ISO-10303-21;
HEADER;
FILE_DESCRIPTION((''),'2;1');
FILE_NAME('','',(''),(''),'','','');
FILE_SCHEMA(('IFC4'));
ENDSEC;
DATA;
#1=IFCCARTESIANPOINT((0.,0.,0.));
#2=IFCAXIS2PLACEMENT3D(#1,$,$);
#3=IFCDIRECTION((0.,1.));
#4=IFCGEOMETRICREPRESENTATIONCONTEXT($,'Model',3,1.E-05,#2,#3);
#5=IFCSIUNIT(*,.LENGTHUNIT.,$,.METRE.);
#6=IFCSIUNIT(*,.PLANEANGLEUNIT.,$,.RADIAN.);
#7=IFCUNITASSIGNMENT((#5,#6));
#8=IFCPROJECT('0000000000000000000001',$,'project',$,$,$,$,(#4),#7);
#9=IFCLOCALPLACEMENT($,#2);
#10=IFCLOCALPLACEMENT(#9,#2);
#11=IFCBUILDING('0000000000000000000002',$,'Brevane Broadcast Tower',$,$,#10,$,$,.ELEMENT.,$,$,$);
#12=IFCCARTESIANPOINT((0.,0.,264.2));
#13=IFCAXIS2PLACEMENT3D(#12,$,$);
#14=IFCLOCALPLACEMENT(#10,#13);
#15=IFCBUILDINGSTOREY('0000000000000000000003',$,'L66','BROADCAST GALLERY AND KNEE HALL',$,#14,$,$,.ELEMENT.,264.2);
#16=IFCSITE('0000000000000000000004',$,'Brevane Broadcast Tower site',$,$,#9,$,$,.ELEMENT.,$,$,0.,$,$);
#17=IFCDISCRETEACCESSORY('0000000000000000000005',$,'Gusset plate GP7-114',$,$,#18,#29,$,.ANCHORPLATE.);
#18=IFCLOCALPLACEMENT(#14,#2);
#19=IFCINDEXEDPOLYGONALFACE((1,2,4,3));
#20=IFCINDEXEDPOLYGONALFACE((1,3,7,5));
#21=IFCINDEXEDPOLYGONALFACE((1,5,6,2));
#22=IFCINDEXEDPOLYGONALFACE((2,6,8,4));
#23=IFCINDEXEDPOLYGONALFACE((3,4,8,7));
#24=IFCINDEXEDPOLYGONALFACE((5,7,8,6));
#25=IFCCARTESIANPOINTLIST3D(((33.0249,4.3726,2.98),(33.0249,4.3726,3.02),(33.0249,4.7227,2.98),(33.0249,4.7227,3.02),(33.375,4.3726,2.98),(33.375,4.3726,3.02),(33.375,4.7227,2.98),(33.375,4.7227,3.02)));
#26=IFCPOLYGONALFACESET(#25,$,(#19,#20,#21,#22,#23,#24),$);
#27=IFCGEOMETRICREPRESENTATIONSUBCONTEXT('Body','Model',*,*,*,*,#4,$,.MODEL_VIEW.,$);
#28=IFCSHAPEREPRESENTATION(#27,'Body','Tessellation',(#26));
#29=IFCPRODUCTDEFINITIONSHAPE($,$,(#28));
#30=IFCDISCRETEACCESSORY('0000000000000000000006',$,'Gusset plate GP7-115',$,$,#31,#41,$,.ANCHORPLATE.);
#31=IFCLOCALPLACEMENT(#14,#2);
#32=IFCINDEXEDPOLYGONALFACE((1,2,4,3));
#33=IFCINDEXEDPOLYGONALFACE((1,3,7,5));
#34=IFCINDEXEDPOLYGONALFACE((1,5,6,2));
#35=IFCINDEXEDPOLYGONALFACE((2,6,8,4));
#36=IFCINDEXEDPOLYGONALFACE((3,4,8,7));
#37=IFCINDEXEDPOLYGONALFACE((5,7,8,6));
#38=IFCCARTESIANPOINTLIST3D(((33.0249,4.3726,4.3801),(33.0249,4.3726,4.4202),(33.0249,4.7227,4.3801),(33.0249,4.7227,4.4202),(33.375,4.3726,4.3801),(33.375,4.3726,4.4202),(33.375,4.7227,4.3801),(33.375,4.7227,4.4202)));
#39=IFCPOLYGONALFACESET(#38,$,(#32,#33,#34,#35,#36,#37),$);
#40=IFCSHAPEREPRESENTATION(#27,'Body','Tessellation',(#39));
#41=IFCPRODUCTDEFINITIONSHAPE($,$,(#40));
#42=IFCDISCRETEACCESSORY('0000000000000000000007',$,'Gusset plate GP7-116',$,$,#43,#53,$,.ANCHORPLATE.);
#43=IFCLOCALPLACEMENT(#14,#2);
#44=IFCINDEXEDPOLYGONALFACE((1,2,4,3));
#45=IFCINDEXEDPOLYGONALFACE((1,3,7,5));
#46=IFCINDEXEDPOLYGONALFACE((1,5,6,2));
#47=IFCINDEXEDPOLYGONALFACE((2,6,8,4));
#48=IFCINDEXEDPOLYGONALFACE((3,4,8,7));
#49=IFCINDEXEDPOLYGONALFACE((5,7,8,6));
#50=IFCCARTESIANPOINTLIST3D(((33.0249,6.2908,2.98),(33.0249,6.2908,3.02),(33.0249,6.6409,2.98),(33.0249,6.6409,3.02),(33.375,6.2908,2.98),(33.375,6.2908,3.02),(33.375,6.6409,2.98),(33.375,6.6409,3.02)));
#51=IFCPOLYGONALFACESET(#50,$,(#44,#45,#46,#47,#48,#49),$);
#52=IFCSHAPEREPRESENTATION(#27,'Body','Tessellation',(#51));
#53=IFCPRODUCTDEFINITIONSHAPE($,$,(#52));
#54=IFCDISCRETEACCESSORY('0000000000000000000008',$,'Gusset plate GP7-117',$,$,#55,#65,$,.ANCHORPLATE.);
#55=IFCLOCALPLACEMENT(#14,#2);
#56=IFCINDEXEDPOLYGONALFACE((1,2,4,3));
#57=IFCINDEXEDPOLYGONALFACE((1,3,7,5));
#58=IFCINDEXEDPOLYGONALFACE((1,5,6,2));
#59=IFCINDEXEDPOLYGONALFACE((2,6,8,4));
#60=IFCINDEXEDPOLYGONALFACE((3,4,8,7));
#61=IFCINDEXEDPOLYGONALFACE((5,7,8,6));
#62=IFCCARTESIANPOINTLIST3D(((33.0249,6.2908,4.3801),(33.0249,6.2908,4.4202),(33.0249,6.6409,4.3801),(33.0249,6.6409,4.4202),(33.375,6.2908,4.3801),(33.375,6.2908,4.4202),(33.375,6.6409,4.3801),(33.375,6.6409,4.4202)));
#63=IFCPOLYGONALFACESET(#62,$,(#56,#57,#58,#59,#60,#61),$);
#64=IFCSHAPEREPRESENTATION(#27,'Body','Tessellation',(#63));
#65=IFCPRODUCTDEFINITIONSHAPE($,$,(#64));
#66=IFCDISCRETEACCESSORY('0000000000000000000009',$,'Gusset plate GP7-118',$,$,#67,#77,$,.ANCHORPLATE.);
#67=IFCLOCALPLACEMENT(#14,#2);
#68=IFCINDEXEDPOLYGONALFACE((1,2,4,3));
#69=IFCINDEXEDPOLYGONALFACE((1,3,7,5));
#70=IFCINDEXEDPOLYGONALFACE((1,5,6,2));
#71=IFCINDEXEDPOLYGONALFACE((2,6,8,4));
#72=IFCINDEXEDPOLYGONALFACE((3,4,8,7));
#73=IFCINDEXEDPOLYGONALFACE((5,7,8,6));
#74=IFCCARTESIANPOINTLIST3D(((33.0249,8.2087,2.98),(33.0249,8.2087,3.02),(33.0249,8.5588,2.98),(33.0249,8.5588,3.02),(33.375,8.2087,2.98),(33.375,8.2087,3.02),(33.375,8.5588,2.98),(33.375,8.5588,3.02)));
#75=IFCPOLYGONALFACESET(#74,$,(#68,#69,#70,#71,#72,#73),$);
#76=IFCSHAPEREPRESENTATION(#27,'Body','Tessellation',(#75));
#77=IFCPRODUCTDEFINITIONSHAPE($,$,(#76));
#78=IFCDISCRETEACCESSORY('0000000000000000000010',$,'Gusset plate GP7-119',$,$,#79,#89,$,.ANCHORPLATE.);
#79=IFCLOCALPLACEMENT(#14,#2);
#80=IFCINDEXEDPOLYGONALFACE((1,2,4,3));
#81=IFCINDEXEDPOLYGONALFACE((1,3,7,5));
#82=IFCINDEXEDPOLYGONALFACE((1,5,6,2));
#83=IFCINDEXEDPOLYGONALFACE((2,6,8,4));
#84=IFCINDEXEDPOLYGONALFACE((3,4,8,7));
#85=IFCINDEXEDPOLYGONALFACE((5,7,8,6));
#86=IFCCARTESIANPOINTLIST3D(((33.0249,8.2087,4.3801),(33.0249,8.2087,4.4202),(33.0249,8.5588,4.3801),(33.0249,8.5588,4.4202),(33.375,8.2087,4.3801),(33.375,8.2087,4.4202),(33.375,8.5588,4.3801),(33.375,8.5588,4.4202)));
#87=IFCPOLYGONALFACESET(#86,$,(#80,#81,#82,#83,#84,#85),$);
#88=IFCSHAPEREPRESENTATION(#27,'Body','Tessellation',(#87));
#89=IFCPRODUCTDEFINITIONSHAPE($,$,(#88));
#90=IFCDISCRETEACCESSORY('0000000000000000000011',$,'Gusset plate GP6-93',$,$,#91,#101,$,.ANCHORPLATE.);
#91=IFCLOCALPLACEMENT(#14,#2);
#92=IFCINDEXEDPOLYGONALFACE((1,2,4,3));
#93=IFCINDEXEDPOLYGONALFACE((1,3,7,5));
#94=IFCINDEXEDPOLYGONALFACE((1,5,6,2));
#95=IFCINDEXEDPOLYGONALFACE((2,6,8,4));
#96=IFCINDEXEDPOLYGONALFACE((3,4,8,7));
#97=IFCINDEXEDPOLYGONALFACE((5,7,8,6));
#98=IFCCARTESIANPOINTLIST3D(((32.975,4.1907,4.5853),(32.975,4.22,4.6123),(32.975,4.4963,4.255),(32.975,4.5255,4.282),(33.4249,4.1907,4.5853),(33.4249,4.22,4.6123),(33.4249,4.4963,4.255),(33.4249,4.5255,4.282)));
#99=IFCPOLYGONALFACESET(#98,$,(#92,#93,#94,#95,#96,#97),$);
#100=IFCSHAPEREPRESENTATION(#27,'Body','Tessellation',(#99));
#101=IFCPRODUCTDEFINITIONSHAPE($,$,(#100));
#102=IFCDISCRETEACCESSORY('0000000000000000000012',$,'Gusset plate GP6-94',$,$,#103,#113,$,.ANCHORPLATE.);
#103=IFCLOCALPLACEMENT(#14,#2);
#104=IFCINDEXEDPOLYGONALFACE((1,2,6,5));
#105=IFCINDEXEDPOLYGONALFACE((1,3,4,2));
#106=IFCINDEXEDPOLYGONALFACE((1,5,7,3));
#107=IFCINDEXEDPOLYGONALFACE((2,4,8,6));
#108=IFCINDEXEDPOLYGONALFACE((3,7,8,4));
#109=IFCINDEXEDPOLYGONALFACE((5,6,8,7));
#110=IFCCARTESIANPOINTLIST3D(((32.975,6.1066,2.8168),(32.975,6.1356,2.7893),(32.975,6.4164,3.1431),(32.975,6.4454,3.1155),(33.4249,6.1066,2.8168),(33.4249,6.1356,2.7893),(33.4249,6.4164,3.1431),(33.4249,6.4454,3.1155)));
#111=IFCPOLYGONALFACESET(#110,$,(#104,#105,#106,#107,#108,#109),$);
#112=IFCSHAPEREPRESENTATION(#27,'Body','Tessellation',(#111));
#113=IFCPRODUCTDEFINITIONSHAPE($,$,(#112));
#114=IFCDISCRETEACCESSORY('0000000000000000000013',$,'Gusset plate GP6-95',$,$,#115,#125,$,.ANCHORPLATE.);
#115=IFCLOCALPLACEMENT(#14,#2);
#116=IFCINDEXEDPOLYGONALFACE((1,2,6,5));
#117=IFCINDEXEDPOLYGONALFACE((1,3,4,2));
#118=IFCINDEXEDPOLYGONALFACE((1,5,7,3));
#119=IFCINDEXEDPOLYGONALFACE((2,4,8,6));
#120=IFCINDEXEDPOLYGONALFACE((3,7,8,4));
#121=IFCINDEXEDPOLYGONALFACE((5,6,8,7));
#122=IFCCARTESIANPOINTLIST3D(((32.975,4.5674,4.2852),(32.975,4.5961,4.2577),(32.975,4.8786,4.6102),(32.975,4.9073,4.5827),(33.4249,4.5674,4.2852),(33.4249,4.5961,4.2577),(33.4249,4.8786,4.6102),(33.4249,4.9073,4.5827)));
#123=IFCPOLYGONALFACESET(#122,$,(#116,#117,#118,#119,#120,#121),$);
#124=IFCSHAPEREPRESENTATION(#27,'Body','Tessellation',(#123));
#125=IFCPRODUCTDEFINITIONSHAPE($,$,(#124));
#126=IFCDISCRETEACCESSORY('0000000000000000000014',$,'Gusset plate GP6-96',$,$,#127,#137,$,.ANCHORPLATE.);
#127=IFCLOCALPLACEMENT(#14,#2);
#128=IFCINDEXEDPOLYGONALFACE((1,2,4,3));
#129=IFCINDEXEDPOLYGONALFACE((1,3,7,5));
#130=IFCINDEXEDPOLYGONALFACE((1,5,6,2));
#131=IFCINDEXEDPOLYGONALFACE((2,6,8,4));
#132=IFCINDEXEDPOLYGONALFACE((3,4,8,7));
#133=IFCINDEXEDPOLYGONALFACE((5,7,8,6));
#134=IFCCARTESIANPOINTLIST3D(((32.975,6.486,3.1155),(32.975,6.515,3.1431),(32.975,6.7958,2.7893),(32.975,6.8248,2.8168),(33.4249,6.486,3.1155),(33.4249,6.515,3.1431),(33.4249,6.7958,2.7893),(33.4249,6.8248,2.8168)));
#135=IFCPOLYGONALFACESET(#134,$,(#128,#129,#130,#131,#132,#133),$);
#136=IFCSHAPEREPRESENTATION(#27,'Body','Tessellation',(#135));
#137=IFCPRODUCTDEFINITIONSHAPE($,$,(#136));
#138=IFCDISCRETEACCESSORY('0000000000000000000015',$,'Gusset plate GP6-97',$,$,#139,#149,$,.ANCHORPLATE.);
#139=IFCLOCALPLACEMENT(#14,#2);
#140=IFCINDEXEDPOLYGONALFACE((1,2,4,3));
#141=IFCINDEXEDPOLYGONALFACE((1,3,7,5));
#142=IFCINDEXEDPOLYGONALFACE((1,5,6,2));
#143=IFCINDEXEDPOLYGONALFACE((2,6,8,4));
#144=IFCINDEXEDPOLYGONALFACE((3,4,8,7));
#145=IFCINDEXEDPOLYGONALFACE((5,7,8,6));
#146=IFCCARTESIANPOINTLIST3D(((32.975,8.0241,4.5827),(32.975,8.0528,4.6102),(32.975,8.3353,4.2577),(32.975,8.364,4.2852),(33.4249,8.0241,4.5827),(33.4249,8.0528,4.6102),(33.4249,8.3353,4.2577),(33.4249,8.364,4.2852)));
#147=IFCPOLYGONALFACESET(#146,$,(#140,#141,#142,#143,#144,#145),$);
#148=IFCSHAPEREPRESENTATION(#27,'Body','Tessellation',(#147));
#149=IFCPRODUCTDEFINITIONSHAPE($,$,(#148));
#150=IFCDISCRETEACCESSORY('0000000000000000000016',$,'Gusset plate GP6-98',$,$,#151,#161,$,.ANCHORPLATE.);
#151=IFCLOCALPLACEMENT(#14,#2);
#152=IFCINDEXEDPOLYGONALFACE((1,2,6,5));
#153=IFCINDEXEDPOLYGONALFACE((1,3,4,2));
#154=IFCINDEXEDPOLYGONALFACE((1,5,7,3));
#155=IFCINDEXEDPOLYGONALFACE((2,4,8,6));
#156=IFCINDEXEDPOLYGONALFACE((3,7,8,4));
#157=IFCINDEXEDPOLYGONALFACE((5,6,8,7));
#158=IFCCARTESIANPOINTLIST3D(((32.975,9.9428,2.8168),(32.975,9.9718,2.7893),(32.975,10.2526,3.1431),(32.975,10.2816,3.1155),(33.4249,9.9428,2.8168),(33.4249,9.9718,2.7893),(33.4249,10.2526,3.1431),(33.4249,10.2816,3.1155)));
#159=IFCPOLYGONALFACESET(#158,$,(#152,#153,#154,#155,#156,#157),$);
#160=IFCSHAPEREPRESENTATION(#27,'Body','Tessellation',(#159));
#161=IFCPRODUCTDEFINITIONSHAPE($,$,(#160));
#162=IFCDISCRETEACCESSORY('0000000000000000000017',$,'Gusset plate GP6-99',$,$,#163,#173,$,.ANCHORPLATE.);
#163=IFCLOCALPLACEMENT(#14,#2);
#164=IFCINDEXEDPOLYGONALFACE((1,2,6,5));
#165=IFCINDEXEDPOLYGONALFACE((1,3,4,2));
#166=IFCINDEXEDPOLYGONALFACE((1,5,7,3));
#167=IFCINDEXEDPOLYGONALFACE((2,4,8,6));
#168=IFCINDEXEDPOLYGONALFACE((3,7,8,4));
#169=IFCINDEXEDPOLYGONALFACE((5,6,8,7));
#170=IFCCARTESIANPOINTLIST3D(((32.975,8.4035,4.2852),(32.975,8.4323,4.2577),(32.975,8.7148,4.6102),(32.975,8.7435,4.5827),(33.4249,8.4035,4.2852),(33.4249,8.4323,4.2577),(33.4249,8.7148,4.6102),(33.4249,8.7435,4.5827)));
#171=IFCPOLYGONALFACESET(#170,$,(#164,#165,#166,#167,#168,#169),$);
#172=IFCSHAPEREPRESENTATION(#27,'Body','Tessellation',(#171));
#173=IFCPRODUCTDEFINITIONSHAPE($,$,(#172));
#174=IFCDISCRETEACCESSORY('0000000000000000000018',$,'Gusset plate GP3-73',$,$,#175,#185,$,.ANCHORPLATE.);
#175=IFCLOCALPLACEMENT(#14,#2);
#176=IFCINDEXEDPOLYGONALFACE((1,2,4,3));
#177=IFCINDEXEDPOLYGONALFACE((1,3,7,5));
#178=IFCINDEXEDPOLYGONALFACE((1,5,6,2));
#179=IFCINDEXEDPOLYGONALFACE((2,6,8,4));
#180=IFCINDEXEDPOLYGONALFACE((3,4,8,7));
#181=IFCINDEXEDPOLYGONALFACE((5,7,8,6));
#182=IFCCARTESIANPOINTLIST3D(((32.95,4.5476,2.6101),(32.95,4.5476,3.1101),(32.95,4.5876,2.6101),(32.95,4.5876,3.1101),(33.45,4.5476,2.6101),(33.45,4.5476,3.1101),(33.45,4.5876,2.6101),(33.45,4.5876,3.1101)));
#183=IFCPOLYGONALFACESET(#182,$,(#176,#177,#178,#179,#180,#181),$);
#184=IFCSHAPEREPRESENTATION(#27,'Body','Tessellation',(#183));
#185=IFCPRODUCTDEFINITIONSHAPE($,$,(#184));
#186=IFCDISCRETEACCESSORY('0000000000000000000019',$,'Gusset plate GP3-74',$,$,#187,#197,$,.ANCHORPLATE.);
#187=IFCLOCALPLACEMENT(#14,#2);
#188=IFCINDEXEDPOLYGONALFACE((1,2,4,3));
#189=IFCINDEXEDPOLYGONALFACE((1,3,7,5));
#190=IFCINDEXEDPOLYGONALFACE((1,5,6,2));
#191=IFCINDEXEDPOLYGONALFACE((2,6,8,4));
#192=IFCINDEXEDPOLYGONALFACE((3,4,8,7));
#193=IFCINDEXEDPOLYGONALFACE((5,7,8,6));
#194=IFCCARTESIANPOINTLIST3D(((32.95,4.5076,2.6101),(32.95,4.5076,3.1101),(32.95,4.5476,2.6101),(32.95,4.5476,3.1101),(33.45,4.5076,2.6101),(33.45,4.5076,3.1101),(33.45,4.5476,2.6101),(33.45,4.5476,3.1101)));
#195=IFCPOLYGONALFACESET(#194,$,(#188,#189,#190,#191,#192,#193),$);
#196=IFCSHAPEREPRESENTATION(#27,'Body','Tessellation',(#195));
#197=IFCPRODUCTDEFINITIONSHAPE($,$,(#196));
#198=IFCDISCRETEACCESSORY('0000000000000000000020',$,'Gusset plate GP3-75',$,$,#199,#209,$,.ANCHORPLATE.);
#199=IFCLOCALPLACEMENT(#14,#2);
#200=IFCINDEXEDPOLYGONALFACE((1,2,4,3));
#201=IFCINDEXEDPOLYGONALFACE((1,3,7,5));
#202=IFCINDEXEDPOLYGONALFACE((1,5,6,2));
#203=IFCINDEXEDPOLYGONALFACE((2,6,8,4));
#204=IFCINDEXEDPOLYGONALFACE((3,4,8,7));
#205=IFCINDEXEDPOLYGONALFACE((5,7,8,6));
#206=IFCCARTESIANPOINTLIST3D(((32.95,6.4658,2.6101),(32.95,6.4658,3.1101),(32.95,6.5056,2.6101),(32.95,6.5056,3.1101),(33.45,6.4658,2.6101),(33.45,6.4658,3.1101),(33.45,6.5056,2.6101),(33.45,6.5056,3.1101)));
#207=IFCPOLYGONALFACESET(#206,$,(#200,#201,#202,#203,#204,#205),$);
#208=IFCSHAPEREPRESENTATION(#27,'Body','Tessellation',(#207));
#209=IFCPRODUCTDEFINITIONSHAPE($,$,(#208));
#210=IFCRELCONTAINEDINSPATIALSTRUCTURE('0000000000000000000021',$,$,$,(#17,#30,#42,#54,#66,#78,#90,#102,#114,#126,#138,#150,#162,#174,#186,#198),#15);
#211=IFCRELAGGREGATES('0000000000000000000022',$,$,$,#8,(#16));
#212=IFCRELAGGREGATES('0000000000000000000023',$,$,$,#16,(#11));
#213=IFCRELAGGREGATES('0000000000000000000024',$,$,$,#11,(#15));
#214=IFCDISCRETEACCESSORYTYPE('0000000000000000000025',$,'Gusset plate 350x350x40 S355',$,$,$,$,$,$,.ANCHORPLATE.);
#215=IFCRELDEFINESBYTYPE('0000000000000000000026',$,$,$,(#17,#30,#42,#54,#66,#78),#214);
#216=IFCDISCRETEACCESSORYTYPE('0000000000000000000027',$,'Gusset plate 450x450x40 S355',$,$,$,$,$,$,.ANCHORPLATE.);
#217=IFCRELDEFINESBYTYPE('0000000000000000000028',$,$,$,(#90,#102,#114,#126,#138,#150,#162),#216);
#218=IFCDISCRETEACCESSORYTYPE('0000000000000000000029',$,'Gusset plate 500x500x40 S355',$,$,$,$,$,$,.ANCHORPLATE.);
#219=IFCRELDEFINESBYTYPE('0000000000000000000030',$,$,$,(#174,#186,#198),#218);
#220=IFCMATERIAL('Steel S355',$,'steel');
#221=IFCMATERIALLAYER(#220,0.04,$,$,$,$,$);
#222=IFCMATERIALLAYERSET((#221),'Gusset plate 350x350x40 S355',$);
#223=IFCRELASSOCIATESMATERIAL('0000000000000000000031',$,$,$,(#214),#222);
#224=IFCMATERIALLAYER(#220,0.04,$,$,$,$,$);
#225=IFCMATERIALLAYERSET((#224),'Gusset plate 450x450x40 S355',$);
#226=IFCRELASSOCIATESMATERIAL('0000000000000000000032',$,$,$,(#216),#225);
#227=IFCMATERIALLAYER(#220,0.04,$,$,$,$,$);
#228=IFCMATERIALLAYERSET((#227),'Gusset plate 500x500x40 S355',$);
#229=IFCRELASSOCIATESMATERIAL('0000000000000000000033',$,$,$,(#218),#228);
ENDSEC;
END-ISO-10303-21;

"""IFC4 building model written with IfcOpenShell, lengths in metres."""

from ifc_helpers import new_model, si_unit, direction, frame, origin, origin_2d, place, context, subcontext, project, spatial, rectangle, extrude, material, layer, layer_set, type_object, element, save


model = new_model("IFC4")

# Units and contexts
model_context = context("Model", 3, precision=1e-05, world=origin(), true_north=direction((0.0, 1.0)))
body_context = subcontext(model_context, "Body", "Model", "MODEL_VIEW")
ifc_project = project(units=[si_unit("LENGTHUNIT", "METRE"), si_unit("PLANEANGLEUNIT", "RADIAN")], contexts=[model_context])

# Site, building, storey
site_placement = place(None, origin())
site = spatial("IfcSite", under=ifc_project, at=site_placement, Name="Brevane Broadcast Tower site", CompositionType="ELEMENT", RefElevation=0.0)
building_placement = place(site_placement, origin())
building = spatial("IfcBuilding", under=site, at=building_placement, Name="Brevane Broadcast Tower", CompositionType="ELEMENT")
storey_placement = place(building_placement, frame((0.0, 0.0, 264.2)))
storey = spatial("IfcBuildingStorey", under=building, at=storey_placement, Name="L66", Description="BROADCAST GALLERY AND KNEE HALL", CompositionType="ELEMENT", Elevation=264.2)

# Discrete accessories
ifc_material = material(Name="Steel S355", Category="steel")
ifc_layer_1 = layer(ifc_material, 0.04)
ifc_layer_set_1 = layer_set([ifc_layer_1], Name="Gusset plate 350x350x40 S355")
discrete_accessory_type_1 = type_object("IfcDiscreteAccessoryType", Name="Gusset plate 350x350x40 S355", PredefinedType="ANCHORPLATE", material=ifc_layer_set_1)
for number, where, z_axis, x_axis, name in (
    (1, (33.2, 4.5476, 2.98), (0.0, 0.0, 1.0), (1.0, 0.0, 0.0), "Gusset plate GP7-114"),
    (2, (33.2, 4.5476, 4.3801), (0.0, 0.0, 1.0), (1.0, 0.0, 0.0), "Gusset plate GP7-115"),
    (3, (33.2, 6.4658, 2.98), (0.0, 0.0, 1.0), (1.0, 0.0, 0.0), "Gusset plate GP7-116"),
    (4, (33.2, 6.4658, 4.3801), (0.0, 0.0, 1.0), (1.0, 0.0, 0.0), "Gusset plate GP7-117"),
    (5, (33.2, 8.3838, 2.98), (0.0, 0.0, 1.0), (1.0, 0.0, 0.0), "Gusset plate GP7-118"),
    (6, (33.2, 8.3838, 4.3801), (0.0, 0.0, 1.0), (1.0, 0.0, 0.0), "Gusset plate GP7-119"),
):
    element("IfcDiscreteAccessory", number, at=place(storey_placement, frame(where, z_axis=z_axis, x_axis=x_axis)), inside=storey, type_object=discrete_accessory_type_1, Name=name, PredefinedType="ANCHORPLATE", context=body_context, shape_type="SweptSolid", body=[
        extrude(rectangle(XDim=0.3501, YDim=0.3501, at=origin_2d()), origin(), (0.0, 0.0, 1.0), 0.04),
    ])
ifc_layer_2 = layer(ifc_material, 0.04)
ifc_layer_set_2 = layer_set([ifc_layer_2], Name="Gusset plate 450x450x40 S355")
discrete_accessory_type_2 = type_object("IfcDiscreteAccessoryType", Name="Gusset plate 450x450x40 S355", PredefinedType="ANCHORPLATE", material=ifc_layer_set_2)
discrete_accessory_1_placement = place(storey_placement, frame((33.2, 4.3435, 4.4202), z_axis=(0.0, 0.734099, 0.679042), x_axis=(-1.0, 0.0, 0.0)))
element("IfcDiscreteAccessory", 7, at=discrete_accessory_1_placement, inside=storey, type_object=discrete_accessory_type_2, Name="Gusset plate GP6-93", PredefinedType="ANCHORPLATE", context=body_context, shape_type="SweptSolid", body=[
    extrude(rectangle(XDim=0.45, YDim=0.45, at=origin_2d()), origin(), (0.0, 0.0, 1.0), 0.0398),
])
discrete_accessory_2_placement = place(storey_placement, frame((33.2, 6.2905, 2.9524), z_axis=(0.0, -0.725152, 0.688589), x_axis=(1.0, 0.0, 0.0)))
element("IfcDiscreteAccessory", 8, at=discrete_accessory_2_placement, inside=storey, type_object=discrete_accessory_type_2, Name="Gusset plate GP6-94", PredefinedType="ANCHORPLATE", context=body_context, shape_type="SweptSolid", body=[
    extrude(rectangle(XDim=0.45, YDim=0.45, at=origin_2d()), origin(), (0.0, 0.0, 1.0), 0.04),
])
discrete_accessory_3_placement = place(storey_placement, frame((33.2, 4.7517, 4.4202), z_axis=(0.0, -0.722243, 0.691639), x_axis=(1.0, 0.0, 0.0)))
element("IfcDiscreteAccessory", 9, at=discrete_accessory_3_placement, inside=storey, type_object=discrete_accessory_type_2, Name="Gusset plate GP6-95", PredefinedType="ANCHORPLATE", context=body_context, shape_type="SweptSolid", body=[
    extrude(rectangle(XDim=0.45, YDim=0.45, at=origin_2d()), origin(), (0.0, 0.0, 1.0), 0.0398),
])
discrete_accessory_4_placement = place(storey_placement, frame((33.2, 6.6409, 2.9524), z_axis=(0.0, 0.725152, 0.688589), x_axis=(-1.0, 0.0, 0.0)))
element("IfcDiscreteAccessory", 10, at=discrete_accessory_4_placement, inside=storey, type_object=discrete_accessory_type_2, Name="Gusset plate GP6-96", PredefinedType="ANCHORPLATE", context=body_context, shape_type="SweptSolid", body=[
    extrude(rectangle(XDim=0.45, YDim=0.45, at=origin_2d()), origin(), (0.0, 0.0, 1.0), 0.04),
])
discrete_accessory_5_placement = place(storey_placement, frame((33.2, 8.1797, 4.4202), z_axis=(0.0, 0.722243, 0.691639), x_axis=(-1.0, 0.0, 0.0)))
element("IfcDiscreteAccessory", 11, at=discrete_accessory_5_placement, inside=storey, type_object=discrete_accessory_type_2, Name="Gusset plate GP6-97", PredefinedType="ANCHORPLATE", context=body_context, shape_type="SweptSolid", body=[
    extrude(rectangle(XDim=0.45, YDim=0.45, at=origin_2d()), origin(), (0.0, 0.0, 1.0), 0.0398),
])
discrete_accessory_6_placement = place(storey_placement, frame((33.2, 10.1267, 2.9524), z_axis=(0.0, -0.725152, 0.688589), x_axis=(1.0, 0.0, 0.0)))
element("IfcDiscreteAccessory", 12, at=discrete_accessory_6_placement, inside=storey, type_object=discrete_accessory_type_2, Name="Gusset plate GP6-98", PredefinedType="ANCHORPLATE", context=body_context, shape_type="SweptSolid", body=[
    extrude(rectangle(XDim=0.45, YDim=0.45, at=origin_2d()), origin(), (0.0, 0.0, 1.0), 0.04),
])
discrete_accessory_7_placement = place(storey_placement, frame((33.2, 8.5879, 4.4202), z_axis=(0.0, -0.722243, 0.691639), x_axis=(1.0, 0.0, 0.0)))
element("IfcDiscreteAccessory", 13, at=discrete_accessory_7_placement, inside=storey, type_object=discrete_accessory_type_2, Name="Gusset plate GP6-99", PredefinedType="ANCHORPLATE", context=body_context, shape_type="SweptSolid", body=[
    extrude(rectangle(XDim=0.45, YDim=0.45, at=origin_2d()), origin(), (0.0, 0.0, 1.0), 0.0398),
])
ifc_layer_3 = layer(ifc_material, 0.04)
ifc_layer_set_3 = layer_set([ifc_layer_3], Name="Gusset plate 500x500x40 S355")
discrete_accessory_type_3 = type_object("IfcDiscreteAccessoryType", Name="Gusset plate 500x500x40 S355", PredefinedType="ANCHORPLATE", material=ifc_layer_set_3)
for number, where, z_axis, x_axis, name in (
    (14, (33.2, 4.5476, 2.8601), (0.0, 1.0, 0.0), (-1.0, 0.0, 0.0), "Gusset plate GP3-73"),
    (15, (33.2, 4.5076, 2.8601), (0.0, 1.0, 0.0), (-1.0, 0.0, 0.0), "Gusset plate GP3-74"),
):
    element("IfcDiscreteAccessory", number, at=place(storey_placement, frame(where, z_axis=z_axis, x_axis=x_axis)), inside=storey, type_object=discrete_accessory_type_3, Name=name, PredefinedType="ANCHORPLATE", context=body_context, shape_type="SweptSolid", body=[
        extrude(rectangle(XDim=0.5, YDim=0.5, at=origin_2d()), origin(), (0.0, 0.0, 1.0), 0.04),
    ])
discrete_accessory_8_placement = place(storey_placement, frame((33.2, 6.4658, 2.8601), z_axis=(0.0, 1.0, 0.0), x_axis=(-1.0, 0.0, 0.0)))
element("IfcDiscreteAccessory", 16, at=discrete_accessory_8_placement, inside=storey, type_object=discrete_accessory_type_3, Name="Gusset plate GP3-75", PredefinedType="ANCHORPLATE", context=body_context, shape_type="SweptSolid", body=[
    extrude(rectangle(XDim=0.5, YDim=0.5, at=origin_2d()), origin(), (0.0, 0.0, 1.0), 0.0398),
])

save(model, "model.ifc")
